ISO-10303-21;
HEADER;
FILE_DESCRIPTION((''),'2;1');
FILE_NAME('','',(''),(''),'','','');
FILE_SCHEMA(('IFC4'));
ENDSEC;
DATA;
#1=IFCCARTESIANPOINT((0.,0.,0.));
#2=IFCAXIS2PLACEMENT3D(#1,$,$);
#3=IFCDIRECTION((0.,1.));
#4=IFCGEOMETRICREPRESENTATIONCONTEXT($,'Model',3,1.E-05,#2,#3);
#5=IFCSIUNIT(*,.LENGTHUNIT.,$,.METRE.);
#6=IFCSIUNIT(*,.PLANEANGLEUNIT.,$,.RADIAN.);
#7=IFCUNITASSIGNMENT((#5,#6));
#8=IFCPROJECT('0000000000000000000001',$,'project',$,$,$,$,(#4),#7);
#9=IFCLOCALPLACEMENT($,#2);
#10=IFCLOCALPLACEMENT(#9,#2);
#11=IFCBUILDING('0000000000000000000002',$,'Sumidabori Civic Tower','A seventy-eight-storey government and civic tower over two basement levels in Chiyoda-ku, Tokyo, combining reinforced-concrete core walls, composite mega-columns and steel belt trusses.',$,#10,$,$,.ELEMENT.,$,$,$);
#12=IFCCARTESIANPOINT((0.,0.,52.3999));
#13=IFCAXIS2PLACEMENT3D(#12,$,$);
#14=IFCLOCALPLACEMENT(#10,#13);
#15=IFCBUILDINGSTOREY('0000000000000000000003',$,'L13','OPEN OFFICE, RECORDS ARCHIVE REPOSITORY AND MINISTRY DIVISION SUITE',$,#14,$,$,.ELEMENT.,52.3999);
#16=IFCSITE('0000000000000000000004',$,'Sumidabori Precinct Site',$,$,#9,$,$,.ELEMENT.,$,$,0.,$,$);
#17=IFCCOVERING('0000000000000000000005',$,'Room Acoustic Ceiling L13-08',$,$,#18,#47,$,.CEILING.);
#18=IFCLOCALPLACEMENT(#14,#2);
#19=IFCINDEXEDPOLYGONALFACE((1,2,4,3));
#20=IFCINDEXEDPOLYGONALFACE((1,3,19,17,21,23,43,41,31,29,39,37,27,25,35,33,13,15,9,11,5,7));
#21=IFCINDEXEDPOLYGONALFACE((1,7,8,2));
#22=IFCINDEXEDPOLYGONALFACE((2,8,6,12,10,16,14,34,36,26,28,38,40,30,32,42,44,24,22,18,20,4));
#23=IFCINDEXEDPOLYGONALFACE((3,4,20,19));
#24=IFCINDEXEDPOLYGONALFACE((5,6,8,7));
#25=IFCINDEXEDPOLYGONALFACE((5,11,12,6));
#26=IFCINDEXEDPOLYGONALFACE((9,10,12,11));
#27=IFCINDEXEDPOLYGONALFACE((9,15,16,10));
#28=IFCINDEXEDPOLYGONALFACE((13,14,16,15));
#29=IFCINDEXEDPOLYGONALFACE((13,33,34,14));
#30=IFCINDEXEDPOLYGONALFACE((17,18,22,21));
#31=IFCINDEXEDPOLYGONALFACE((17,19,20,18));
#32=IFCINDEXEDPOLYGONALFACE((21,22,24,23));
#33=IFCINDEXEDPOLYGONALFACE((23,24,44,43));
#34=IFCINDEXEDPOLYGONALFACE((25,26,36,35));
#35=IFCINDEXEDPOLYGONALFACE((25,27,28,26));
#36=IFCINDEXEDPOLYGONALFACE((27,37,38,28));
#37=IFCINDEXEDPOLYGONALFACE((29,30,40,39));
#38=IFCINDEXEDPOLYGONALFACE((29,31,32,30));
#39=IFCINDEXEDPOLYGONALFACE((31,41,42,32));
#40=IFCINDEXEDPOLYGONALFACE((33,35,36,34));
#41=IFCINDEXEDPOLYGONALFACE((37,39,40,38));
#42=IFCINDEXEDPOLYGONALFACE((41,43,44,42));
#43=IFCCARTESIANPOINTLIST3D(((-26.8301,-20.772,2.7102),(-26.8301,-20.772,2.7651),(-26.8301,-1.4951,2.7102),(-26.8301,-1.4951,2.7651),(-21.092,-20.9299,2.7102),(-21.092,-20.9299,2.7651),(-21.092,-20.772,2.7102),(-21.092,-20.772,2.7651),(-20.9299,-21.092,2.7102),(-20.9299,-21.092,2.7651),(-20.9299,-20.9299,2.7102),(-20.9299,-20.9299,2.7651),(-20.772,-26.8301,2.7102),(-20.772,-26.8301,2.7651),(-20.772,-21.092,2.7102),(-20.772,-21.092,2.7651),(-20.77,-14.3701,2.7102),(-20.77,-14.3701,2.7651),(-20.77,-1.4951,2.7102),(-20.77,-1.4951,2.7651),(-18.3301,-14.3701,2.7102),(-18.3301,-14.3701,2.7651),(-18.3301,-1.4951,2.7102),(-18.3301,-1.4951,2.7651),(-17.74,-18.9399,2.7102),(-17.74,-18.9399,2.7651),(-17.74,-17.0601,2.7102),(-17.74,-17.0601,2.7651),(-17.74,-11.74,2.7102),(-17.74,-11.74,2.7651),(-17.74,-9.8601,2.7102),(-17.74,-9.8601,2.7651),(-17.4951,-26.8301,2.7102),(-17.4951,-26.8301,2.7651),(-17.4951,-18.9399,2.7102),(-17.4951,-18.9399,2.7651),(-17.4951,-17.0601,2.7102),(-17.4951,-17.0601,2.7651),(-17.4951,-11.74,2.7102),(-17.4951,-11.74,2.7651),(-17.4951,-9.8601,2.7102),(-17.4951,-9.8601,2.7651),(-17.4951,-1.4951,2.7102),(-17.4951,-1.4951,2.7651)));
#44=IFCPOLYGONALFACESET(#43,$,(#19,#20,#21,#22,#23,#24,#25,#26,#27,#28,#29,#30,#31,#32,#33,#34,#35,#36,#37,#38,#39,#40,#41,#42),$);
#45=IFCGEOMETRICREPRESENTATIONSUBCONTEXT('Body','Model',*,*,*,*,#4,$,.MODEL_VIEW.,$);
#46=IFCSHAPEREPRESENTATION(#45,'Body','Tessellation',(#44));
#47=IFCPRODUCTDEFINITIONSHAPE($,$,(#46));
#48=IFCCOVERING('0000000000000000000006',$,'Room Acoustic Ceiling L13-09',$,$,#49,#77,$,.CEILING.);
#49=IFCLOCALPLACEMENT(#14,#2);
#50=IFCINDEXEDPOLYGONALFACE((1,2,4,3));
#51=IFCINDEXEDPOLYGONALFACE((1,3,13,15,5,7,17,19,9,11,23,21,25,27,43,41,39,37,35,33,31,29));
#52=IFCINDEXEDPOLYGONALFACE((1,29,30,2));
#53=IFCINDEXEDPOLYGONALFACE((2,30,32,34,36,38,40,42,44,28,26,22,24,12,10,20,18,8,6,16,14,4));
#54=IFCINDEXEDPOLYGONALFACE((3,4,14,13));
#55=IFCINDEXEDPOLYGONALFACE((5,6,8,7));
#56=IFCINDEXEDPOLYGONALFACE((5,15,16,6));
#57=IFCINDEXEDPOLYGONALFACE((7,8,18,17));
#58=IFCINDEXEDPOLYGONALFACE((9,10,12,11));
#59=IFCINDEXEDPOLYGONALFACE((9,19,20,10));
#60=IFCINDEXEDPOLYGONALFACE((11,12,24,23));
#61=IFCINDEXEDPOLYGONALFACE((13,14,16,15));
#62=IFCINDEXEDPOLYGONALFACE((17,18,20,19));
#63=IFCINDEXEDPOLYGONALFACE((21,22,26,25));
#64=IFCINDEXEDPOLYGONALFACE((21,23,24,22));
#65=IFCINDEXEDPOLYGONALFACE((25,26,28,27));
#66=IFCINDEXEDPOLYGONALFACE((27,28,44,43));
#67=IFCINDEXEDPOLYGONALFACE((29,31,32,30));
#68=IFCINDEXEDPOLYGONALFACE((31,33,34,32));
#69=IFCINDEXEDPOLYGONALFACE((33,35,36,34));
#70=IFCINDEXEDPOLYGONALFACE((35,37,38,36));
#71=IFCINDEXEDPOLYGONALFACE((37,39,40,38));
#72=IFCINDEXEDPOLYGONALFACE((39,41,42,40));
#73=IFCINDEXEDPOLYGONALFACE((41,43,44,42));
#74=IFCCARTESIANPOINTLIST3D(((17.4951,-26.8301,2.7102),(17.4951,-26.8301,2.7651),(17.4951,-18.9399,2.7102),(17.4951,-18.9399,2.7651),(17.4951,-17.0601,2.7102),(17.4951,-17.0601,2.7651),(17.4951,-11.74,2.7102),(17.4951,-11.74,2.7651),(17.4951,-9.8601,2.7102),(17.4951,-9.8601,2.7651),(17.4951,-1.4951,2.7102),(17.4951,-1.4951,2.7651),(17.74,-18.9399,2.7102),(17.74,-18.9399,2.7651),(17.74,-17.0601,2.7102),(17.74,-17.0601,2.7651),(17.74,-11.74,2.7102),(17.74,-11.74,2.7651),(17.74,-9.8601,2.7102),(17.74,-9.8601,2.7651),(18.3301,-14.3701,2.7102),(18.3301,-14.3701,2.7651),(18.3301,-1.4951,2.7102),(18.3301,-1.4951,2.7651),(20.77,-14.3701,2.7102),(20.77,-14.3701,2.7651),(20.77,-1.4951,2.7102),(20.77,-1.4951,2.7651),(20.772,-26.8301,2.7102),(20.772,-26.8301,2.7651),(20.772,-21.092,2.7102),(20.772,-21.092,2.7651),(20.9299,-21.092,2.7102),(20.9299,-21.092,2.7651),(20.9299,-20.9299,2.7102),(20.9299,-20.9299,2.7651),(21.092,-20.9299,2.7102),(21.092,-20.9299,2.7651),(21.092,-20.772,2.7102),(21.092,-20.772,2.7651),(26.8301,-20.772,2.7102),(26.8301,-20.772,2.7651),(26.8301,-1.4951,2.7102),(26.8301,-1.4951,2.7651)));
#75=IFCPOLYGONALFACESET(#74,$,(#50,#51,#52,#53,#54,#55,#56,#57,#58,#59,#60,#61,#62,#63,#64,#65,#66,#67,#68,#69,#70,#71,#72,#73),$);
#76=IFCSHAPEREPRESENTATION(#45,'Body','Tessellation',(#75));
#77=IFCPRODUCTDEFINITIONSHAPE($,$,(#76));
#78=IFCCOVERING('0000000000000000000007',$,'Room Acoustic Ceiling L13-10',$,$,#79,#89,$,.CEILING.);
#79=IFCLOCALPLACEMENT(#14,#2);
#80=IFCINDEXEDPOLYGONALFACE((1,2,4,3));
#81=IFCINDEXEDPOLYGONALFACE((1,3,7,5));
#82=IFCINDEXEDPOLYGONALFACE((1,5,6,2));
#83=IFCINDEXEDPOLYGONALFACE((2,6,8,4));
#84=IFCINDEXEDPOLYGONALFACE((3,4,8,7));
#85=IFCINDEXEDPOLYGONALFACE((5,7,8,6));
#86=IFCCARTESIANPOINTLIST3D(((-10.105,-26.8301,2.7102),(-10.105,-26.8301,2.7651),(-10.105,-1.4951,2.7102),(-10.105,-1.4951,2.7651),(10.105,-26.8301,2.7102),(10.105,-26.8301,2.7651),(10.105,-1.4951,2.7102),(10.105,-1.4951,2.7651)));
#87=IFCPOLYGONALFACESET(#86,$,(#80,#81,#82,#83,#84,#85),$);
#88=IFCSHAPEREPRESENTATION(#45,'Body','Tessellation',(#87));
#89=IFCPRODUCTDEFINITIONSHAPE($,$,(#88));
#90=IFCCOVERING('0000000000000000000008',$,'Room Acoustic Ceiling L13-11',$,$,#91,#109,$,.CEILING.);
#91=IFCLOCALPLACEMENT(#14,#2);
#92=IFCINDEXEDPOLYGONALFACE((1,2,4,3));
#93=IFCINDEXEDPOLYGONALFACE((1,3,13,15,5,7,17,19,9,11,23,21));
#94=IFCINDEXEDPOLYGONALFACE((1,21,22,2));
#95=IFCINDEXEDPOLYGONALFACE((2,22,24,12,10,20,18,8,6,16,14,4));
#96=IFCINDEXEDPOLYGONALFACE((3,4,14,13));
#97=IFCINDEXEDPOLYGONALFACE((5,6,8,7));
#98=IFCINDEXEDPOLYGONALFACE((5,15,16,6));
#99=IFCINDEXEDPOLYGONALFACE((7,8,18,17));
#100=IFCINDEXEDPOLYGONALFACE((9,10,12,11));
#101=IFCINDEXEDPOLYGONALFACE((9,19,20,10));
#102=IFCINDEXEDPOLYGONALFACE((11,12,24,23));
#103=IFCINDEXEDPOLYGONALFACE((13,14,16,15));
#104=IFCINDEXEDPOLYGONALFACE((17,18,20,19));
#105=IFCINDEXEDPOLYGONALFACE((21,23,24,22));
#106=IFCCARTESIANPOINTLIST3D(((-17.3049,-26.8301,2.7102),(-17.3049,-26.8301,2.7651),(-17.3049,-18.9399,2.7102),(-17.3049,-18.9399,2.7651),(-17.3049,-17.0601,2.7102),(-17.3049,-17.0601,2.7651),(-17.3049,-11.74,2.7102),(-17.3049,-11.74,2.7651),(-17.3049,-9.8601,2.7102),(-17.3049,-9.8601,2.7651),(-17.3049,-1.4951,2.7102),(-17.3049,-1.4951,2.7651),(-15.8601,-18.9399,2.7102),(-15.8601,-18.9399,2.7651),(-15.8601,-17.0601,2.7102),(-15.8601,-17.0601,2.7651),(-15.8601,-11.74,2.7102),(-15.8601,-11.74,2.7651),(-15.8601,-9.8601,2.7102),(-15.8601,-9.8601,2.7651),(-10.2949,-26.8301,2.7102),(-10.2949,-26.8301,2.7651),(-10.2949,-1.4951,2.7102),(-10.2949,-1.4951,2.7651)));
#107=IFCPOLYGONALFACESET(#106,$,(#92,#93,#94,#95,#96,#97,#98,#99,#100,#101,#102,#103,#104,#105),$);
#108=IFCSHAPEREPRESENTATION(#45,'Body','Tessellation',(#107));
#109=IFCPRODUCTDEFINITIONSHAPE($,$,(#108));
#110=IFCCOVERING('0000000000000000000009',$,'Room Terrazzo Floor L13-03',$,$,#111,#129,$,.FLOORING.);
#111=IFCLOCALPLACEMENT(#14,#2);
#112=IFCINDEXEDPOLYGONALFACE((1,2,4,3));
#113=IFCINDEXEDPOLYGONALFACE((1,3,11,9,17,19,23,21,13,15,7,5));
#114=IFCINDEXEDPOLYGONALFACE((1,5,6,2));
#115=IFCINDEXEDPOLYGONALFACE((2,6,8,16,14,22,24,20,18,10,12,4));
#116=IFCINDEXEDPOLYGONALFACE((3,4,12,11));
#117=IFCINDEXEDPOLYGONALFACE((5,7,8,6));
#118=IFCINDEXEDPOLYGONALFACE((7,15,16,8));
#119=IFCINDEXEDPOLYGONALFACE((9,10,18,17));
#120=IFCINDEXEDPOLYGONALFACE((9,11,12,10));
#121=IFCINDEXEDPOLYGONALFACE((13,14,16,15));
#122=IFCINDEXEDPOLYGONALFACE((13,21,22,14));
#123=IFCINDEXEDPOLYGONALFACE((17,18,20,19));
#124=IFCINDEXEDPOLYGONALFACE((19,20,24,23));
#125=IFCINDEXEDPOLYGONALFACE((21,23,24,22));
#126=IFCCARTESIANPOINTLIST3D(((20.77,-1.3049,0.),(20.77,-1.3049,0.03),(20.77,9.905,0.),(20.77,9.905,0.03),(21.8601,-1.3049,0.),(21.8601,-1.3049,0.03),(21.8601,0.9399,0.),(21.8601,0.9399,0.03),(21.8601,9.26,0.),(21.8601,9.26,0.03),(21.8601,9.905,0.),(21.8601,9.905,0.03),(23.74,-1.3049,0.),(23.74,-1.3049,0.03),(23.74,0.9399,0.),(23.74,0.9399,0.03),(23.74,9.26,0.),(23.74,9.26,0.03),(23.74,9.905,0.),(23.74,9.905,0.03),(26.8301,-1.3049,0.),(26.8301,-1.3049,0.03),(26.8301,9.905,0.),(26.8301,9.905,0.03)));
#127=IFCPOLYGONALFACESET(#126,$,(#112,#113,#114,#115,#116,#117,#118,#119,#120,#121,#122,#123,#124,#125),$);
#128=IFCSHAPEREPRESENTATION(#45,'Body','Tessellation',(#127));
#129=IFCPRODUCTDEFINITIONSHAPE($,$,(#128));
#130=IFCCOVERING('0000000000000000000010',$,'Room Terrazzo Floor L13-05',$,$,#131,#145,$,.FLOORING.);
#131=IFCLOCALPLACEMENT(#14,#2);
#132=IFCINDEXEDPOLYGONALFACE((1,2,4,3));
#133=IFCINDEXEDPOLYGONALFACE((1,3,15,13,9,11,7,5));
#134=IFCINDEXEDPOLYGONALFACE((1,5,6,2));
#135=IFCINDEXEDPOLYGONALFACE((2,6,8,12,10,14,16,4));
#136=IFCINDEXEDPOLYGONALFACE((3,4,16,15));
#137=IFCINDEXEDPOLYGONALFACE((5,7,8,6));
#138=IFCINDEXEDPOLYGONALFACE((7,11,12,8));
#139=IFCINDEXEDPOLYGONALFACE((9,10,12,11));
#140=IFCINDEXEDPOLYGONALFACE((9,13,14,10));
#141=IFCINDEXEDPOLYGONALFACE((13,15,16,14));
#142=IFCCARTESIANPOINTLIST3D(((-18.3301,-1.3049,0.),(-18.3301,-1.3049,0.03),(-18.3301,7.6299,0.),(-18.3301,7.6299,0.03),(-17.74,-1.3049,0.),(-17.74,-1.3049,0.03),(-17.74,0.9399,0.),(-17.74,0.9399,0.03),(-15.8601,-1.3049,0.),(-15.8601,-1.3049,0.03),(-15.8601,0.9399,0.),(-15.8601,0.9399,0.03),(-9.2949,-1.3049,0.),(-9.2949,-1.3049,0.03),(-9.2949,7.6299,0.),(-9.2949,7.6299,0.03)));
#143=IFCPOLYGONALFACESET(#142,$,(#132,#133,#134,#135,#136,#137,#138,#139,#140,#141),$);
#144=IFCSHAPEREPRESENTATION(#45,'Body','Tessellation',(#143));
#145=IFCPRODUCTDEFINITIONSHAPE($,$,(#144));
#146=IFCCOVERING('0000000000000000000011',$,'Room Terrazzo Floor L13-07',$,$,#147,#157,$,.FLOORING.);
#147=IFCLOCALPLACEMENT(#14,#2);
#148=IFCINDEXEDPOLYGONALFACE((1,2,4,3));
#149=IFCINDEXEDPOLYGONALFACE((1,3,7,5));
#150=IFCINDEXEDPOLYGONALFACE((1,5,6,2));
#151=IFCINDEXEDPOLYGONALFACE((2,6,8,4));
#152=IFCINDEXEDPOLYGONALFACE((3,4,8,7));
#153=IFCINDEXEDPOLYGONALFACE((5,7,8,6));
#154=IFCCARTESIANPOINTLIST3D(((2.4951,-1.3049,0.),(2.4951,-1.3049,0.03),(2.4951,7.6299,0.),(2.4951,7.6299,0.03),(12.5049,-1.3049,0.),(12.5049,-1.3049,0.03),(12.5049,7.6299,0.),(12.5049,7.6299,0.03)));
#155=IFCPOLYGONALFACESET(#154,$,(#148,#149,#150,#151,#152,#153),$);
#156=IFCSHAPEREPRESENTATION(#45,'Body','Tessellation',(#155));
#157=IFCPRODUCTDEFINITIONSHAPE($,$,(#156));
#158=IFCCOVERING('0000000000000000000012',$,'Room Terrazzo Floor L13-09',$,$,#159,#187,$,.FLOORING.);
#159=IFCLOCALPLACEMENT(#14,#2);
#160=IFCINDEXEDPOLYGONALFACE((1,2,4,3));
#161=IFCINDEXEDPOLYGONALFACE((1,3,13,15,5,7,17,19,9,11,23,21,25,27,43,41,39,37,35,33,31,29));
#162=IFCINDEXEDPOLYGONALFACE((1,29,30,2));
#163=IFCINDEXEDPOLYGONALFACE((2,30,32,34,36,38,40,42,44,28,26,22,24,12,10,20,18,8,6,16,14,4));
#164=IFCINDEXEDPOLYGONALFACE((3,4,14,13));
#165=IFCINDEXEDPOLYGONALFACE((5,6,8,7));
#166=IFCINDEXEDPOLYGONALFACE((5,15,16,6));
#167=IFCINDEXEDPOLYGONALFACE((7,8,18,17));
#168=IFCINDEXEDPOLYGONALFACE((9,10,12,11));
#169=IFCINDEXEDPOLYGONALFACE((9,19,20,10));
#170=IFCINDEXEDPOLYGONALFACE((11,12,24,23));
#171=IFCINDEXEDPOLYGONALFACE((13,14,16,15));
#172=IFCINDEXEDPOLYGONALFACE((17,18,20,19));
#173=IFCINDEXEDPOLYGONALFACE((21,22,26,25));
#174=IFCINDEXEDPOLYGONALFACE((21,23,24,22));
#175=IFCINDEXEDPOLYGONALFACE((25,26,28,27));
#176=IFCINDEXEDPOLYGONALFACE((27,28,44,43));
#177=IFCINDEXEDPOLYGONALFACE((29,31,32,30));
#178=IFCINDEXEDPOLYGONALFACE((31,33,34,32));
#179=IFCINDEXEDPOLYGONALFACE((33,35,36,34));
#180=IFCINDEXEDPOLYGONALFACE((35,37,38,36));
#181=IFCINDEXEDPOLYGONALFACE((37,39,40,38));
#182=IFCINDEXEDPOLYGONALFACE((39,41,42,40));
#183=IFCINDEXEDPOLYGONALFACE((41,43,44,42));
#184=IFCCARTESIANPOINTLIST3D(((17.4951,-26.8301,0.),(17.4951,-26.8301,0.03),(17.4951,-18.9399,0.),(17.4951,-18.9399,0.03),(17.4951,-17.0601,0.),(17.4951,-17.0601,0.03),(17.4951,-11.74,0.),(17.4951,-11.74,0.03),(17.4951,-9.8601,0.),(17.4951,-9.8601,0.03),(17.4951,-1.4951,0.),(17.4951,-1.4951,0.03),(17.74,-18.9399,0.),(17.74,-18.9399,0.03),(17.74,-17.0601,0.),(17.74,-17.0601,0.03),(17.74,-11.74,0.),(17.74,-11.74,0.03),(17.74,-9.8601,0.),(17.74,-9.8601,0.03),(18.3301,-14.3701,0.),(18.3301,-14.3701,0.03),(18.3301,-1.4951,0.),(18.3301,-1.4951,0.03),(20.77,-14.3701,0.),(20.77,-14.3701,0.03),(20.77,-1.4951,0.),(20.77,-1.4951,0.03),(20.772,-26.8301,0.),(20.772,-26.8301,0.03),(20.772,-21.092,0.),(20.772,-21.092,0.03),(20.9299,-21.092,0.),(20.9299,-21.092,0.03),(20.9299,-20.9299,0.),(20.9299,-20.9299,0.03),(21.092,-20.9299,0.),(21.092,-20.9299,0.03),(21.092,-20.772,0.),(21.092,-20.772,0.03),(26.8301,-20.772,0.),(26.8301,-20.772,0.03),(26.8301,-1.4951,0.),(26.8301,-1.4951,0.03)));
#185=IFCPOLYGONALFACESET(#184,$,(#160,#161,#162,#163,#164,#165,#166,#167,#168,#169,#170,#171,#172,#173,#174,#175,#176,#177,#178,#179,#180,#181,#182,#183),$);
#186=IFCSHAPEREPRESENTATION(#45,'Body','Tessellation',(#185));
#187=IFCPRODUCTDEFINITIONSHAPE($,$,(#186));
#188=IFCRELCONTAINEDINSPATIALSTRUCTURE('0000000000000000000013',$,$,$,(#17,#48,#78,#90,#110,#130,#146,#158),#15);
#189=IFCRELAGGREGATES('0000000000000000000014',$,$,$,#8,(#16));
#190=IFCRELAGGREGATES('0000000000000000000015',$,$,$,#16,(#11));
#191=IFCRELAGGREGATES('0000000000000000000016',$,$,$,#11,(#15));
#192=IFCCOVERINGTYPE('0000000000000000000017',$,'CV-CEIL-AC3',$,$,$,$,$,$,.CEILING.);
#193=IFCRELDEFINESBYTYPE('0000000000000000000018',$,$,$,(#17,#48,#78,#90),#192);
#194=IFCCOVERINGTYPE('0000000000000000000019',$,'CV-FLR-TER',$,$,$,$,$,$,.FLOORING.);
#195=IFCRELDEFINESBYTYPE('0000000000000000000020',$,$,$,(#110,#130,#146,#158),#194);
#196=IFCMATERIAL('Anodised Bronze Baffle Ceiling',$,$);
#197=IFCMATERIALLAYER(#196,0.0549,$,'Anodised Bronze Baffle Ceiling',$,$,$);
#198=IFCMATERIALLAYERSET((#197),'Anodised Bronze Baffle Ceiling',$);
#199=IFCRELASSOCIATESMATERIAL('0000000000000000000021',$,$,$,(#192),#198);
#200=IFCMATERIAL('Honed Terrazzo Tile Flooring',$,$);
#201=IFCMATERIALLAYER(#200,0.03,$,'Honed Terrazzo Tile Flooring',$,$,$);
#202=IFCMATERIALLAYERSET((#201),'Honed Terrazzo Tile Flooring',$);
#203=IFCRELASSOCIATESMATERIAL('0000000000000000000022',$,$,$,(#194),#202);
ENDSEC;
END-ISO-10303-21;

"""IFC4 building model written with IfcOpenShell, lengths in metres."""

from ifc_helpers import new_model, si_unit, direction, frame, origin, place, context, subcontext, project, spatial, polyline, outline, extrude, material, layer, layer_set, type_object, element, save


model = new_model("IFC4")

# Units and contexts
model_context = context("Model", 3, precision=1e-05, world=origin(), true_north=direction((0.0, 1.0)))
body_context = subcontext(model_context, "Body", "Model", "MODEL_VIEW")
ifc_project = project(units=[si_unit("LENGTHUNIT", "METRE"), si_unit("PLANEANGLEUNIT", "RADIAN")], contexts=[model_context])

# Site, building, storey
site_placement = place(None, origin())
site = spatial("IfcSite", under=ifc_project, at=site_placement, Name="Sumidabori Precinct Site", CompositionType="ELEMENT", RefElevation=0.0)
building_placement = place(site_placement, origin())
building = spatial("IfcBuilding", under=site, at=building_placement, Name="Sumidabori Civic Tower", Description="A seventy-eight-storey government and civic tower over two basement levels in Chiyoda-ku, Tokyo, combining reinforced-concrete core walls, composite mega-columns and steel belt trusses.", CompositionType="ELEMENT")
storey_placement = place(building_placement, frame((0.0, 0.0, 52.3999)))
storey = spatial("IfcBuildingStorey", under=building, at=storey_placement, Name="L13", Description="OPEN OFFICE, RECORDS ARCHIVE REPOSITORY AND MINISTRY DIVISION SUITE", CompositionType="ELEMENT", Elevation=52.3999)

# Coverings
ifc_material_1 = material(Name="Anodised Bronze Baffle Ceiling")
ifc_layer_1 = layer(ifc_material_1, 0.0549, Name="Anodised Bronze Baffle Ceiling")
ifc_layer_set_1 = layer_set([ifc_layer_1], Name="Anodised Bronze Baffle Ceiling")
covering_type_1 = type_object("IfcCoveringType", Name="CV-CEIL-AC3", PredefinedType="CEILING", material=ifc_layer_set_1)
covering_1_placement = place(storey_placement, frame((0.0, 0.0, 2.7102)))
element("IfcCovering", 1, at=covering_1_placement, inside=storey, type_object=covering_type_1, Name="Room Acoustic Ceiling L13-08", PredefinedType="CEILING", context=body_context, shape_type="SweptSolid", body=[
    extrude(outline(polyline([(-26.8301, -20.772), (-26.8301, -1.4951), (-20.77, -1.4951), (-20.77, -14.3701), (-18.3301, -14.3701), (-18.3301, -1.4951), (-17.4951, -1.4951), (-17.4951, -9.8601), (-17.74, -9.8601), (-17.74, -11.74), (-17.4951, -11.74), (-17.4951, -17.0601), (-17.74, -17.0601), (-17.74, -18.9399), (-17.4951, -18.9399), (-17.4951, -26.8301), (-20.772, -26.8301), (-20.772, -21.092), (-20.9299, -21.092), (-20.9299, -20.9299), (-21.092, -20.9299), (-21.092, -20.772), (-26.8301, -20.772)])), origin(), (0.0, 0.0, 1.0), 0.0549),
])
covering_2_placement = place(storey_placement, frame((0.0, 0.0, 2.7102)))
element("IfcCovering", 2, at=covering_2_placement, inside=storey, type_object=covering_type_1, Name="Room Acoustic Ceiling L13-09", PredefinedType="CEILING", context=body_context, shape_type="SweptSolid", body=[
    extrude(outline(polyline([(18.3301, -14.3701), (20.77, -14.3701), (20.77, -1.4951), (26.8301, -1.4951), (26.8301, -20.772), (21.092, -20.772), (21.092, -20.9299), (20.9299, -20.9299), (20.9299, -21.092), (20.772, -21.092), (20.772, -26.8301), (17.4951, -26.8301), (17.4951, -18.9399), (17.74, -18.9399), (17.74, -17.0601), (17.4951, -17.0601), (17.4951, -11.74), (17.74, -11.74), (17.74, -9.8601), (17.4951, -9.8601), (17.4951, -1.4951), (18.3301, -1.4951), (18.3301, -14.3701)])), origin(), (0.0, 0.0, 1.0), 0.0549),
])
covering_3_placement = place(storey_placement, frame((0.0, 0.0, 2.7102)))
element("IfcCovering", 3, at=covering_3_placement, inside=storey, type_object=covering_type_1, Name="Room Acoustic Ceiling L13-10", PredefinedType="CEILING", context=body_context, shape_type="SweptSolid", body=[
    extrude(outline(polyline([(10.105, -26.8301), (-10.105, -26.8301), (-10.105, -1.4951), (10.105, -1.4951), (10.105, -26.8301)])), origin(), (0.0, 0.0, 1.0), 0.0549),
])
covering_4_placement = place(storey_placement, frame((0.0, 0.0, 2.7102)))
element("IfcCovering", 4, at=covering_4_placement, inside=storey, type_object=covering_type_1, Name="Room Acoustic Ceiling L13-11", PredefinedType="CEILING", context=body_context, shape_type="SweptSolid", body=[
    extrude(outline(polyline([(-10.2949, -26.8301), (-17.3049, -26.8301), (-17.3049, -18.9399), (-15.8601, -18.9399), (-15.8601, -17.0601), (-17.3049, -17.0601), (-17.3049, -11.74), (-15.8601, -11.74), (-15.8601, -9.8601), (-17.3049, -9.8601), (-17.3049, -1.4951), (-10.2949, -1.4951), (-10.2949, -26.8301)])), origin(), (0.0, 0.0, 1.0), 0.0549),
])
ifc_material_2 = material(Name="Honed Terrazzo Tile Flooring")
ifc_layer_2 = layer(ifc_material_2, 0.03, Name="Honed Terrazzo Tile Flooring")
ifc_layer_set_2 = layer_set([ifc_layer_2], Name="Honed Terrazzo Tile Flooring")
covering_type_2 = type_object("IfcCoveringType", Name="CV-FLR-TER", PredefinedType="FLOORING", material=ifc_layer_set_2)
covering_5_placement = place(storey_placement, origin())
element("IfcCovering", 5, at=covering_5_placement, inside=storey, type_object=covering_type_2, Name="Room Terrazzo Floor L13-03", PredefinedType="FLOORING", context=body_context, shape_type="SweptSolid", body=[
    extrude(outline(polyline([(20.77, 9.905), (21.8601, 9.905), (21.8601, 9.26), (23.74, 9.26), (23.74, 9.905), (26.8301, 9.905), (26.8301, -1.3049), (23.74, -1.3049), (23.74, 0.9399), (21.8601, 0.9399), (21.8601, -1.3049), (20.77, -1.3049), (20.77, 9.905)])), origin(), (0.0, 0.0, 1.0), 0.03),
])
covering_6_placement = place(storey_placement, origin())
element("IfcCovering", 6, at=covering_6_placement, inside=storey, type_object=covering_type_2, Name="Room Terrazzo Floor L13-05", PredefinedType="FLOORING", context=body_context, shape_type="SweptSolid", body=[
    extrude(outline(polyline([(-18.3301, 7.6299), (-9.2949, 7.6299), (-9.2949, -1.3049), (-15.8601, -1.3049), (-15.8601, 0.9399), (-17.74, 0.9399), (-17.74, -1.3049), (-18.3301, -1.3049), (-18.3301, 7.6299)])), origin(), (0.0, 0.0, 1.0), 0.03),
])
covering_7_placement = place(storey_placement, origin())
element("IfcCovering", 7, at=covering_7_placement, inside=storey, type_object=covering_type_2, Name="Room Terrazzo Floor L13-07", PredefinedType="FLOORING", context=body_context, shape_type="SweptSolid", body=[
    extrude(outline(polyline([(2.4951, 7.6299), (12.5049, 7.6299), (12.5049, -1.3049), (2.4951, -1.3049), (2.4951, 7.6299)])), origin(), (0.0, 0.0, 1.0), 0.03),
])
covering_8_placement = place(storey_placement, origin())
element("IfcCovering", 8, at=covering_8_placement, inside=storey, type_object=covering_type_2, Name="Room Terrazzo Floor L13-09", PredefinedType="FLOORING", context=body_context, shape_type="SweptSolid", body=[
    extrude(outline(polyline([(18.3301, -14.3701), (20.77, -14.3701), (20.77, -1.4951), (26.8301, -1.4951), (26.8301, -20.772), (21.092, -20.772), (21.092, -20.9299), (20.9299, -20.9299), (20.9299, -21.092), (20.772, -21.092), (20.772, -26.8301), (17.4951, -26.8301), (17.4951, -18.9399), (17.74, -18.9399), (17.74, -17.0601), (17.4951, -17.0601), (17.4951, -11.74), (17.74, -11.74), (17.74, -9.8601), (17.4951, -9.8601), (17.4951, -1.4951), (18.3301, -1.4951), (18.3301, -14.3701)])), origin(), (0.0, 0.0, 1.0), 0.03),
])

save(model, "model.ifc")
